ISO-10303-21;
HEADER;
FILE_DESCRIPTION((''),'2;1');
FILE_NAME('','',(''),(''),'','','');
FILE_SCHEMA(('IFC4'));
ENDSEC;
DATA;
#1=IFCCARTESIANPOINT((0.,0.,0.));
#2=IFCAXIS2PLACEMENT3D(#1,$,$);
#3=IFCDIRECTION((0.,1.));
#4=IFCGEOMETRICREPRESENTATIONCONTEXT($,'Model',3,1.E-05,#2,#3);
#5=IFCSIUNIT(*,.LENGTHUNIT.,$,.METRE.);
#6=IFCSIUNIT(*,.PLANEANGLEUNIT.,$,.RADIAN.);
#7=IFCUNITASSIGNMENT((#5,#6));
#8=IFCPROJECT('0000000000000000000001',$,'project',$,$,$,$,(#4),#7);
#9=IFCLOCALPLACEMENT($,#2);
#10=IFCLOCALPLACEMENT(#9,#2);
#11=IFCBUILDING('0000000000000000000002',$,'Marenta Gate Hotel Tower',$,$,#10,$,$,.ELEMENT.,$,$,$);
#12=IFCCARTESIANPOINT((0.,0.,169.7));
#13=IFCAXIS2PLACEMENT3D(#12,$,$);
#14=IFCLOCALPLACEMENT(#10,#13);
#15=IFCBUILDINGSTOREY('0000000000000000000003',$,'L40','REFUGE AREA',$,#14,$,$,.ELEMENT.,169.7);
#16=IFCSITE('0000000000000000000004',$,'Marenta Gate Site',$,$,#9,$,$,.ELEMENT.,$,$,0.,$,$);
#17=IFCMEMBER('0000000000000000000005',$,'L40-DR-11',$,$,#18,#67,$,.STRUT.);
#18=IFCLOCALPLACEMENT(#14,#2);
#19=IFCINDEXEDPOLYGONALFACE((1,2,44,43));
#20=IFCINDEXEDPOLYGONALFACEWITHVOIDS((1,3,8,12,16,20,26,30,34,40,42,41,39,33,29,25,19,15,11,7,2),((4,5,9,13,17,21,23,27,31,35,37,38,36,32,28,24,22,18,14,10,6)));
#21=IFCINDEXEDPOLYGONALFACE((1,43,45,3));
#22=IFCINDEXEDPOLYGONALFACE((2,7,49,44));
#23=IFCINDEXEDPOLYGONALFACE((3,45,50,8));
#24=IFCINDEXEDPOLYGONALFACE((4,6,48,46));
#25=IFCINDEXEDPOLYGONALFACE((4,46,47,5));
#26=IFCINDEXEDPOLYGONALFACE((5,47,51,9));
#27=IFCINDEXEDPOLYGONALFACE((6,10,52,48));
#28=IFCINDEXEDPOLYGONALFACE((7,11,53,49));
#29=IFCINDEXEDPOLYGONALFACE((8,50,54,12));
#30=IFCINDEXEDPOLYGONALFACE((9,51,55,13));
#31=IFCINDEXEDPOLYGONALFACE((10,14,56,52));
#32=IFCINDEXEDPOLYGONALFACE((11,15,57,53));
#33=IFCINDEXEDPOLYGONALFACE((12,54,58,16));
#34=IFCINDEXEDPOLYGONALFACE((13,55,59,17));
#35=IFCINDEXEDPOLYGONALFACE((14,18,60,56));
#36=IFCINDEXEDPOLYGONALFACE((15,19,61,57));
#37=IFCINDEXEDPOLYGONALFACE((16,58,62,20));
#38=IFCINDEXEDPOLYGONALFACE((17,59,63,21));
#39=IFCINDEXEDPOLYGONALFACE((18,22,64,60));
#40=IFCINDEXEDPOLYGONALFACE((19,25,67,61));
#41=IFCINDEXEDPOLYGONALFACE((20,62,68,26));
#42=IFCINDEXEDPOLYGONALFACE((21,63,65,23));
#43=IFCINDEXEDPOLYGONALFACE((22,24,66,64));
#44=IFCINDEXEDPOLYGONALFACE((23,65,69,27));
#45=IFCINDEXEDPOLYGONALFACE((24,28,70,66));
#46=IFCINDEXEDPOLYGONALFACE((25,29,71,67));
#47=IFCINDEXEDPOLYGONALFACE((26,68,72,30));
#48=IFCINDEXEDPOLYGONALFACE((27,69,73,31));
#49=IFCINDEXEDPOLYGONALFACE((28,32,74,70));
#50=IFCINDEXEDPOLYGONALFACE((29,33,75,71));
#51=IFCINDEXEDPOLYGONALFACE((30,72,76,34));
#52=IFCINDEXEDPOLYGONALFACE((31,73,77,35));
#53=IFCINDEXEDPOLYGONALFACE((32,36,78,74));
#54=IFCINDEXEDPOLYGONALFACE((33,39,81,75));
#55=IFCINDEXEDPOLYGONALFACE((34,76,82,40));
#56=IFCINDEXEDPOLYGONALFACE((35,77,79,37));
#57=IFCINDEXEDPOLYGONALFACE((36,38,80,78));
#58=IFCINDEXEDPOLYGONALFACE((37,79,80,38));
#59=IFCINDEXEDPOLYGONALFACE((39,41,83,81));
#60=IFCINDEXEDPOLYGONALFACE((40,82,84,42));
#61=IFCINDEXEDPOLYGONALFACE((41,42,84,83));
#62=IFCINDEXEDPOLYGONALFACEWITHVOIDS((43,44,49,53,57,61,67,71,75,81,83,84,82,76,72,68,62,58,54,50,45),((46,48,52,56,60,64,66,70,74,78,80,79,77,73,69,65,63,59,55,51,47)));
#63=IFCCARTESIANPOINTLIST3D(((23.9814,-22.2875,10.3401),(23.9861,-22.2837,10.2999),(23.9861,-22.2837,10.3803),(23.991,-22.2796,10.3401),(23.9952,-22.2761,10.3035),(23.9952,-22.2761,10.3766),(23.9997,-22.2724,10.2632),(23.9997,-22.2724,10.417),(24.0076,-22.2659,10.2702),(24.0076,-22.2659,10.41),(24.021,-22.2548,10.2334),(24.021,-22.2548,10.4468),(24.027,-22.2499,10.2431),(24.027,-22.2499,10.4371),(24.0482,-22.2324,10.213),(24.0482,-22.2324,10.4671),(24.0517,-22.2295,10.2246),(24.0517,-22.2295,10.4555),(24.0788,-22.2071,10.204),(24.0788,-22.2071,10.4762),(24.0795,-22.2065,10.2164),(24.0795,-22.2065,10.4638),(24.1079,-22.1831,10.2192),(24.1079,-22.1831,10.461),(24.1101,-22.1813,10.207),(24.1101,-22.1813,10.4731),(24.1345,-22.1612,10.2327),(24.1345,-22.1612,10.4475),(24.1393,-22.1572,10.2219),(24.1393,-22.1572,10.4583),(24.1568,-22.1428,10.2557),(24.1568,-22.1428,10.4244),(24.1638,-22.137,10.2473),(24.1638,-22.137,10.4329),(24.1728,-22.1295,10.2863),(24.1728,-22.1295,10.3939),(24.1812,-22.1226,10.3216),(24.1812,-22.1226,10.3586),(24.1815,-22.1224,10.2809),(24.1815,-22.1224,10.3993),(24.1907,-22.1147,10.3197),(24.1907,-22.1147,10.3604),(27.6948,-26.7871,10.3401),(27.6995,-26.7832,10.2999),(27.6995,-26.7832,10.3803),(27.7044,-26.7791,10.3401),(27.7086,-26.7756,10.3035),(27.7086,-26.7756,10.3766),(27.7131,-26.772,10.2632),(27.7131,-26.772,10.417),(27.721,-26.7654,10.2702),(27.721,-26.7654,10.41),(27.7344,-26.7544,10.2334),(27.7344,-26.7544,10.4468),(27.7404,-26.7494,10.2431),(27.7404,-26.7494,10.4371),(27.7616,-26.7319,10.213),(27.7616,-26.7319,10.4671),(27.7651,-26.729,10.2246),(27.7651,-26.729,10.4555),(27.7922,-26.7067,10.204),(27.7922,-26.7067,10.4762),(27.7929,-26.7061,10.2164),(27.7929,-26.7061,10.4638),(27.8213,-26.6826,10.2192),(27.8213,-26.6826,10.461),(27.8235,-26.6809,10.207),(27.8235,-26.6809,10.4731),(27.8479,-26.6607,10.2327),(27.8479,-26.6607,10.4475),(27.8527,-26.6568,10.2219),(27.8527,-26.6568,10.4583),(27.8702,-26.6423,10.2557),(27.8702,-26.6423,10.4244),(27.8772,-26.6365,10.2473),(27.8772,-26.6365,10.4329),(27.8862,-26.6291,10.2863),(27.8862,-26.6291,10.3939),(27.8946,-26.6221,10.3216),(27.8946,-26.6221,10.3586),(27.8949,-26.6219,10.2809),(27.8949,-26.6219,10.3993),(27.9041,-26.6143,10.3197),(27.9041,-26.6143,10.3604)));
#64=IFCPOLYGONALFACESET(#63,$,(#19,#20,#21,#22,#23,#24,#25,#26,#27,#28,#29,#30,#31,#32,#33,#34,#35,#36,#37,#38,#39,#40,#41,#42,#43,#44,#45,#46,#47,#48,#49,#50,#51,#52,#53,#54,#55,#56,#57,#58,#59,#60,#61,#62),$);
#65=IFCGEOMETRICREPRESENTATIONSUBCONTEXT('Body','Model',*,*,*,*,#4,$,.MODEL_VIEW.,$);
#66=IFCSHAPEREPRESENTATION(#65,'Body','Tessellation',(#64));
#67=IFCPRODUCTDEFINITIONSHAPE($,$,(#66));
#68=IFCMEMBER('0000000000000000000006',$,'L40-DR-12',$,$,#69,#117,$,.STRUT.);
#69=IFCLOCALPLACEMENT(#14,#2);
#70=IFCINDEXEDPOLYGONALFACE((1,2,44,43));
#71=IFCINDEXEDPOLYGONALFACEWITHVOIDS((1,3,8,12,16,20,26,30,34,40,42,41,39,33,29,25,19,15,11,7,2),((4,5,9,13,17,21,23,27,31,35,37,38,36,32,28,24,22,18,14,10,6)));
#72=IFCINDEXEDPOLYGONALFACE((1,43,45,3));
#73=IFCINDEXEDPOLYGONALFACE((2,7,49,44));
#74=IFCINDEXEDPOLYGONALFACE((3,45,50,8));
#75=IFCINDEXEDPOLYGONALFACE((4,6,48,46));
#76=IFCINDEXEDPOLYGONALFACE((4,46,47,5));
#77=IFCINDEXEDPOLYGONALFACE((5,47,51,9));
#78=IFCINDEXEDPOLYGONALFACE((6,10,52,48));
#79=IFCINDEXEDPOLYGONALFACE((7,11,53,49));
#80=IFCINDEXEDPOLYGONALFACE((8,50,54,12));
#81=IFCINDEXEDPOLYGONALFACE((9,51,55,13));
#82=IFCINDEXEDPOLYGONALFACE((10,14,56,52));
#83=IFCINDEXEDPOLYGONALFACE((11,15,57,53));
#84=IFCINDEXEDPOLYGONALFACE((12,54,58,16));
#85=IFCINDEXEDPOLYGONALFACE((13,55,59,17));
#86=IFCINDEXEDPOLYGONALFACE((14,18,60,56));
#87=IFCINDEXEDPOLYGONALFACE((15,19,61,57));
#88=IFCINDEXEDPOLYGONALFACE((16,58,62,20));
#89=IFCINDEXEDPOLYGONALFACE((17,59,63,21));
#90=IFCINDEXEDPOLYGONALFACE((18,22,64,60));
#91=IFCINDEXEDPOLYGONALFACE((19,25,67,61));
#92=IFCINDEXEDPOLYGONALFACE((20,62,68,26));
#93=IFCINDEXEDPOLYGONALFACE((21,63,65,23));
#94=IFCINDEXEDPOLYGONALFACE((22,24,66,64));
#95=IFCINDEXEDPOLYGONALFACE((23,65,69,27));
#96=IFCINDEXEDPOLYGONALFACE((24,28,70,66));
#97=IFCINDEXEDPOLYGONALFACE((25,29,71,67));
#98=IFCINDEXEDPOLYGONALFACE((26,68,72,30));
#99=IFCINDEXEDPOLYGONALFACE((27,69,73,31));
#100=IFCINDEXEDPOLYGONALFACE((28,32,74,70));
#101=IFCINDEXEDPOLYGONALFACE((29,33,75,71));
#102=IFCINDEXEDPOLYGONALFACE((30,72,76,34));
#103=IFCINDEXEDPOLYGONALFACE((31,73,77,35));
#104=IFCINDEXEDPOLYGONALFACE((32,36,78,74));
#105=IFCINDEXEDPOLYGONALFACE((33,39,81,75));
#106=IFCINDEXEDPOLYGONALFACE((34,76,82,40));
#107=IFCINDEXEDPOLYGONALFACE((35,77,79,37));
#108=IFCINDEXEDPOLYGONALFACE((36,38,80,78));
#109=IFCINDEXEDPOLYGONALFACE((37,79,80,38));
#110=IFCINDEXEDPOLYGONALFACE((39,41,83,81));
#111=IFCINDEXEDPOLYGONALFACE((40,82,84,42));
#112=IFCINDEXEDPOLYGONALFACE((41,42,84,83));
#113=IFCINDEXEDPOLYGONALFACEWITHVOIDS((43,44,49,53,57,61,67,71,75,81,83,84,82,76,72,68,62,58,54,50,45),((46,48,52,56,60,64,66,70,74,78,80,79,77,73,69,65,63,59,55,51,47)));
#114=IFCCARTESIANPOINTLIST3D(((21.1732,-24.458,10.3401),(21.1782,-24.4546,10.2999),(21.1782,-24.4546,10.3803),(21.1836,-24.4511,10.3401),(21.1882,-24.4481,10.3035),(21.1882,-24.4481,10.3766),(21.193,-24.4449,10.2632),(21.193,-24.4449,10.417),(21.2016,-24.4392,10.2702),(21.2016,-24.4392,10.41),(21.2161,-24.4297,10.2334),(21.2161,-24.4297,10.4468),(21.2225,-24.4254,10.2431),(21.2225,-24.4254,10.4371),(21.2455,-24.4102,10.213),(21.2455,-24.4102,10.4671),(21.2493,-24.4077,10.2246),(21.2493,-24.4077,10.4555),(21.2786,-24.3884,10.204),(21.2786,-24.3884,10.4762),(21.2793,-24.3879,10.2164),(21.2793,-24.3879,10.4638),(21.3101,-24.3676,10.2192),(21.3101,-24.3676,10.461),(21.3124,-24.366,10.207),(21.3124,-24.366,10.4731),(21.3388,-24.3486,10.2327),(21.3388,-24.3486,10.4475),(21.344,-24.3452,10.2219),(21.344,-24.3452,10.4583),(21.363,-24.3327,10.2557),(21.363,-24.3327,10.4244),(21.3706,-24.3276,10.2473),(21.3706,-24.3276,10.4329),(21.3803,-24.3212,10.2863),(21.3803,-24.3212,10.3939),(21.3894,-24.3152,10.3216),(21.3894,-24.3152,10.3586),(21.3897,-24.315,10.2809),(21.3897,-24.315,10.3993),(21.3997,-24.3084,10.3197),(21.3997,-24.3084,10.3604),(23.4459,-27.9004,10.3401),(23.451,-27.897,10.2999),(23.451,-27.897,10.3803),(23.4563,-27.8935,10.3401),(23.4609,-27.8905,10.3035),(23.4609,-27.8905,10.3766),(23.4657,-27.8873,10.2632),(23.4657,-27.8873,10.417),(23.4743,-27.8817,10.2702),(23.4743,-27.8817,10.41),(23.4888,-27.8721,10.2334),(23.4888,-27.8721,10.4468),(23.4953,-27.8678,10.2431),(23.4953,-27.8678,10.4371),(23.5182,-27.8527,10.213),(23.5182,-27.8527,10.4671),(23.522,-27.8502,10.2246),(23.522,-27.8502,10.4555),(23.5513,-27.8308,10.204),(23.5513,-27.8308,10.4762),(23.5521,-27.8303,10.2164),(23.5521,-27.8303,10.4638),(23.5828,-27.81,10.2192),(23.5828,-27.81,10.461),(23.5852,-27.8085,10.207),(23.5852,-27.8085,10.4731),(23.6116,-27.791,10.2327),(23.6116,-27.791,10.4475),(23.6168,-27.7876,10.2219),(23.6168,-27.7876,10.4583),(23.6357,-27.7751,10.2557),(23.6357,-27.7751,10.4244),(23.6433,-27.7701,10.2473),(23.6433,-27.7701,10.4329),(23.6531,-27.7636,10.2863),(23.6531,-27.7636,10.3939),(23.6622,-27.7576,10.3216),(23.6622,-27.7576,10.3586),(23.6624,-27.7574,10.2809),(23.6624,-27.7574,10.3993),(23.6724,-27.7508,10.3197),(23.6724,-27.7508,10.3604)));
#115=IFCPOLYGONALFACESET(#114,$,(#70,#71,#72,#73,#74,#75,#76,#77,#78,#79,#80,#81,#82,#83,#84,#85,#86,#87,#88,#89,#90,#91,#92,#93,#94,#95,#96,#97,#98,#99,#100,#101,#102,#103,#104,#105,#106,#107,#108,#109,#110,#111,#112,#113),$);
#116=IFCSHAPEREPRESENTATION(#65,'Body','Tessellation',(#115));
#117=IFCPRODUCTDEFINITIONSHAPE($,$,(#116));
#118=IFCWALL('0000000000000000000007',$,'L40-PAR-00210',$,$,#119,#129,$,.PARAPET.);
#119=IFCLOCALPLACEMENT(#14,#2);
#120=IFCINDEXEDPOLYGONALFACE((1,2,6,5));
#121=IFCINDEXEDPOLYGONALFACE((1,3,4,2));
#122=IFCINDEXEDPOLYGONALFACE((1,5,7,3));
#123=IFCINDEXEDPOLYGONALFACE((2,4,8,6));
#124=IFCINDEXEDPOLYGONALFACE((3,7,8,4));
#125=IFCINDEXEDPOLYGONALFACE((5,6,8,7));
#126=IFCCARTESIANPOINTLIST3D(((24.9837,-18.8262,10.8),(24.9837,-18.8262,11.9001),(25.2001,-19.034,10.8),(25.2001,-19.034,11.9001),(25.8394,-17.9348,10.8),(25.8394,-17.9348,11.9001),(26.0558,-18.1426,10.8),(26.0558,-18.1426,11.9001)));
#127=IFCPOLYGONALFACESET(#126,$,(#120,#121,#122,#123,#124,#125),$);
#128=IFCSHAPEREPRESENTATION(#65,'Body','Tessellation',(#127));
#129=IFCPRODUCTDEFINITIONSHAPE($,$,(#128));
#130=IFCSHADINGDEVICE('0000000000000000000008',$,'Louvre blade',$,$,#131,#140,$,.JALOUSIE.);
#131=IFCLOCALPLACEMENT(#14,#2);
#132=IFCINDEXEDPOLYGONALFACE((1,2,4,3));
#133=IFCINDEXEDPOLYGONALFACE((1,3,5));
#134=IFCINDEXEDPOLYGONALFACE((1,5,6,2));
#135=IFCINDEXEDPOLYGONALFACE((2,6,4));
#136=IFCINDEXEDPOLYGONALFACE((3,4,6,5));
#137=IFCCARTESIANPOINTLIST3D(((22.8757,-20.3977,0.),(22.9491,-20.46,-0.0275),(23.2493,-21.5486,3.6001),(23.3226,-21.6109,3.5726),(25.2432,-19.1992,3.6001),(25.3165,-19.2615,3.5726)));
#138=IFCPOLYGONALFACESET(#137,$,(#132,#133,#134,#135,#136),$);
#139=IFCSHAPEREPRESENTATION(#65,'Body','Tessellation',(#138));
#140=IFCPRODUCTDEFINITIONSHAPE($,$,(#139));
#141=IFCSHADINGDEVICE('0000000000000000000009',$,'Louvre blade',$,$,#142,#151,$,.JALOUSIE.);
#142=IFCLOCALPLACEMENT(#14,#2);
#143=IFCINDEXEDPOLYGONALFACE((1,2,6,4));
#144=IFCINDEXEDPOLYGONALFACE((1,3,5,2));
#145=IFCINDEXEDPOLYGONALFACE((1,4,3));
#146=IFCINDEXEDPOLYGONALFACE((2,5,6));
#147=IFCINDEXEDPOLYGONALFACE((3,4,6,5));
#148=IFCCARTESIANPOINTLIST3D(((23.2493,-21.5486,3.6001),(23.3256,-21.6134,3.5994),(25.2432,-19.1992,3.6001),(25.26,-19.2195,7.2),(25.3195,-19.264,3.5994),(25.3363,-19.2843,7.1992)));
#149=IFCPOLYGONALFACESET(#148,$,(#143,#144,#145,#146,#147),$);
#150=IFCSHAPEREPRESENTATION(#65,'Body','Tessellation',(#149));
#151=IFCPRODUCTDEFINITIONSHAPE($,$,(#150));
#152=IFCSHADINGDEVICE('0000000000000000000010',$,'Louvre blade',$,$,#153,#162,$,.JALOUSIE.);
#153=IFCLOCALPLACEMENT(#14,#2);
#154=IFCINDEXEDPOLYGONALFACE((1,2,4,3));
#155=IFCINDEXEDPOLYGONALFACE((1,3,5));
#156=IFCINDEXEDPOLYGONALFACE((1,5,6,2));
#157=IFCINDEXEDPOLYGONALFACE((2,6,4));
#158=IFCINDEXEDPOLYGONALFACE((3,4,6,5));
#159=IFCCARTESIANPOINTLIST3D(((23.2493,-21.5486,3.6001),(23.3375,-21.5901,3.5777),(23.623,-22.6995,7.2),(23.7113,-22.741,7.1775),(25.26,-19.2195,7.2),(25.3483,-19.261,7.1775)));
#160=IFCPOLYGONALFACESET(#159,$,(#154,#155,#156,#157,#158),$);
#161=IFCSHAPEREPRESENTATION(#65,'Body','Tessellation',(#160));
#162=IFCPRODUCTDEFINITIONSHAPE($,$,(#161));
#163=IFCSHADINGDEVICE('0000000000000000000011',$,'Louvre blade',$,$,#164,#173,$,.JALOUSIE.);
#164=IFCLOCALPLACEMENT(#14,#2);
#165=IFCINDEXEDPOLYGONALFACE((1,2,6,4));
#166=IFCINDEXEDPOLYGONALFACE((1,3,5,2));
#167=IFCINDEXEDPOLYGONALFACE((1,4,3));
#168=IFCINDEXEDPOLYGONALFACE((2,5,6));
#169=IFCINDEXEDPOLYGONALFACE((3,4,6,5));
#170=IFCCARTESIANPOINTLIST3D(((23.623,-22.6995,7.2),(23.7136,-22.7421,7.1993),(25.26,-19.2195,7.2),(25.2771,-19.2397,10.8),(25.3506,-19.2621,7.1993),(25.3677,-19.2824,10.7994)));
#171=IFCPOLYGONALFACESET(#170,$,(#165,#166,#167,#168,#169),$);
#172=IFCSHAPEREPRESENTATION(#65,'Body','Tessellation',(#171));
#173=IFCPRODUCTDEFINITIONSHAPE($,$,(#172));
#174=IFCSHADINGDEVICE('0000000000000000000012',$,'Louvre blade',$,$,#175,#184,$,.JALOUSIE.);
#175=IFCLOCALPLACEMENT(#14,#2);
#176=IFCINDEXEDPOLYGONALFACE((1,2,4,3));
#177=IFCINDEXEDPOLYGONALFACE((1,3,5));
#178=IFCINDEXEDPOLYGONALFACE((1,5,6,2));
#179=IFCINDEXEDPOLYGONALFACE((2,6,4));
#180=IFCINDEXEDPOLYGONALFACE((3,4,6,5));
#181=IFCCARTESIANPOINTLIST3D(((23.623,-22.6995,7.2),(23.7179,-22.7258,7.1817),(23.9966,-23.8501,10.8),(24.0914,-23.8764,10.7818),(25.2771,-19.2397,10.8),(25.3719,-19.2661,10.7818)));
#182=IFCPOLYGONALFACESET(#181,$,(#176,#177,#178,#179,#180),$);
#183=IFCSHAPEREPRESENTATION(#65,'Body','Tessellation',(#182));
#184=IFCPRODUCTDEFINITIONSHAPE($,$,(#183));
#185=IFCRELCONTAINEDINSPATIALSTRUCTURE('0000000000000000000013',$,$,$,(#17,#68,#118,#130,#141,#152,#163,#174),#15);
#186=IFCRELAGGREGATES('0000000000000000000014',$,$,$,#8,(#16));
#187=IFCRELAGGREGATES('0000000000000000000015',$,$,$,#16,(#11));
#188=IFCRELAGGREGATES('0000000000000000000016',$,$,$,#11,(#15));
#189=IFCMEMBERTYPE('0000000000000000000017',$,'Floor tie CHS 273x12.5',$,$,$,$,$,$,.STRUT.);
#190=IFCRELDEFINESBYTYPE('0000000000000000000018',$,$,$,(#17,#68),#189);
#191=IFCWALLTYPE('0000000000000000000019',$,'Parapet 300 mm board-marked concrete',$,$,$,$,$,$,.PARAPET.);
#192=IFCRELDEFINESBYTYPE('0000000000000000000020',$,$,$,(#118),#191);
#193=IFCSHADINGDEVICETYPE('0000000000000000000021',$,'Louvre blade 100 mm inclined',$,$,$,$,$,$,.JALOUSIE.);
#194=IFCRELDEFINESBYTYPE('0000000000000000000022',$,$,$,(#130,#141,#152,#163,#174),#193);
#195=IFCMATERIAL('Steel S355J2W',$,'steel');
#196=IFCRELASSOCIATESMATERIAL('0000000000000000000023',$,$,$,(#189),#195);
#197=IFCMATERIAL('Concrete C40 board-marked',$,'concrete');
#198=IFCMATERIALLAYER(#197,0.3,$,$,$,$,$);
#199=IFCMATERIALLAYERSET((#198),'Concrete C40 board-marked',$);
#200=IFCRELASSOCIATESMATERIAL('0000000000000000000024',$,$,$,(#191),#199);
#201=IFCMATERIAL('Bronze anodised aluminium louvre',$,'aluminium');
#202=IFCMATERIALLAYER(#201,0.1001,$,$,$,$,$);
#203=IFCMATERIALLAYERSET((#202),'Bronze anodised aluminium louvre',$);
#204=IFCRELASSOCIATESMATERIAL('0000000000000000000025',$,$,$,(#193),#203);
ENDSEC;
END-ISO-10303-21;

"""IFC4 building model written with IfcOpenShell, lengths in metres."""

from ifc_helpers import new_model, si_unit, direction, frame, frame_2d, origin, origin_2d, place, context, subcontext, project, spatial, polyline, rectangle, hollow_circle, outline, extrude, material, layer, layer_set, material_profile, profile_set, type_object, element, save


model = new_model("IFC4")

# Units and contexts
model_context = context("Model", 3, precision=1e-05, world=origin(), true_north=direction((0.0, 1.0)))
body_context = subcontext(model_context, "Body", "Model", "MODEL_VIEW")
ifc_project = project(units=[si_unit("LENGTHUNIT", "METRE"), si_unit("PLANEANGLEUNIT", "RADIAN")], contexts=[model_context])

# Site, building, storey
site_placement = place(None, origin())
site = spatial("IfcSite", under=ifc_project, at=site_placement, Name="Marenta Gate Site", CompositionType="ELEMENT", RefElevation=0.0)
building_placement = place(site_placement, origin())
building = spatial("IfcBuilding", under=site, at=building_placement, Name="Marenta Gate Hotel Tower", CompositionType="ELEMENT")
storey_placement = place(building_placement, frame((0.0, 0.0, 169.7)))
storey = spatial("IfcBuildingStorey", under=building, at=storey_placement, Name="L40", Description="REFUGE AREA", CompositionType="ELEMENT", Elevation=169.7)

# Members
ifc_material_1 = material(Name="Steel S355J2W", Category="steel")
ifc_material_profile_1 = material_profile(ifc_material_1, hollow_circle(Radius=0.1365, WallThickness=0.0125, at=origin_2d()), Name="CHS 273x12.5")
ifc_profile_set_1 = profile_set([ifc_material_profile_1], Name="Steel S355J2W")
member_type_1 = type_object("IfcMemberType", Name="Floor tie CHS 273x12.5", PredefinedType="STRUT", material=ifc_profile_set_1)
member_1_placement = place(storey_placement, frame((27.8, -26.7002, 10.3401), z_axis=(-0.636514, 0.771265, 0.0), x_axis=(-0.771265, -0.636514, 0.0)))
element("IfcMember", 1, at=member_1_placement, inside=storey, type_object=member_type_1, Name="L40-DR-11", PredefinedType="STRUT", context=body_context, shape_type="SweptSolid", body=[
    extrude(hollow_circle(Radius=0.1365, WallThickness=0.0125, at=origin_2d()), origin(), (0.0, 0.0, 1.0), 5.834),
])
member_2_placement = place(storey_placement, frame((23.5598, -27.8252, 10.3401), z_axis=(-0.550966, 0.834528, 0.0), x_axis=(-0.834528, -0.550966, 0.0)))
element("IfcMember", 2, at=member_2_placement, inside=storey, type_object=member_type_1, Name="L40-DR-12", PredefinedType="STRUT", context=body_context, shape_type="SweptSolid", body=[
    extrude(hollow_circle(Radius=0.1365, WallThickness=0.0125, at=origin_2d()), origin(), (0.0, 0.0, 1.0), 4.125),
])

# Wall
ifc_material_2 = material(Name="Concrete C40 board-marked", Category="concrete")
ifc_layer_1 = layer(ifc_material_2, 0.3)
ifc_layer_set_1 = layer_set([ifc_layer_1], Name="Concrete C40 board-marked")
wall_type = type_object("IfcWallType", Name="Parapet 300 mm board-marked concrete", PredefinedType="PARAPET", material=ifc_layer_set_1)
wall_placement = place(storey_placement, frame((25.9475, -18.0388, 10.8), z_axis=(0.0, 0.0, 1.0), x_axis=(-0.692536, -0.721383, 0.0)))
element("IfcWall", 3, at=wall_placement, inside=storey, type_object=wall_type, Name="L40-PAR-00210", PredefinedType="PARAPET", context=body_context, shape_type="SweptSolid", body=[
    extrude(rectangle(XDim=1.2356, YDim=0.3, at=frame_2d((0.6177, 0.0))), origin(), (0.0, 0.0, 1.0), 1.1001),
])

# Shading devices
ifc_material_3 = material(Name="Bronze anodised aluminium louvre", Category="aluminium")
ifc_layer_2 = layer(ifc_material_3, 0.1001)
ifc_layer_set_2 = layer_set([ifc_layer_2], Name="Bronze anodised aluminium louvre")
shading_device_type = type_object("IfcShadingDeviceType", Name="Louvre blade 100 mm inclined", PredefinedType="JALOUSIE", material=ifc_layer_set_2)
shading_device_1_placement = place(storey_placement, frame((22.8757, -20.3977, 0.0), z_axis=(-0.733046, 0.622133, 0.274942), x_axis=(0.52935, 0.267978, 0.80497)))
element("IfcShadingDevice", 4, at=shading_device_1_placement, inside=storey, type_object=shading_device_type, Name="Louvre blade", PredefinedType="JALOUSIE", context=body_context, shape_type="SweptSolid", body=[
    extrude(outline(polyline([(0.0, 0.0), (4.4723, 0.0), (2.7873, -2.5799), (0.0, 0.0)])), origin(), (0.0, 0.0, -1.0), 0.1001),
])
shading_device_2_placement = place(storey_placement, frame((23.2493, -21.5486, 3.6001), z_axis=(-0.76241, 0.647054, 0.00721), x_axis=(0.647071, 0.76243, 0.0)))
element("IfcShadingDevice", 5, at=shading_device_2_placement, inside=storey, type_object=shading_device_type, Name="Louvre blade", PredefinedType="JALOUSIE", context=body_context, shape_type="SweptSolid", body=[
    extrude(outline(polyline([(0.0, 0.0), (3.0814, 0.0), (3.0769, -3.5999), (0.0, 0.0)])), origin(), (0.0, 0.0, -1.0), 0.1001),
])
shading_device_3_placement = place(storey_placement, frame((23.2493, -21.5486, 3.6001), z_axis=(-0.881854, 0.414819, 0.224183), x_axis=(0.424593, 0.491819, 0.760154)))
element("IfcShadingDevice", 6, at=shading_device_3_placement, inside=storey, type_object=shading_device_type, Name="Louvre blade", PredefinedType="JALOUSIE", context=body_context, shape_type="SweptSolid", body=[
    extrude(outline(polyline([(0.0, 0.0), (4.7357, 0.0), (2.3291, -2.9997), (0.0, 0.0)])), origin(), (0.0, 0.0, -1.0), 0.1001),
])
shading_device_4_placement = place(storey_placement, frame((23.623, -22.6995, 7.2), z_axis=(-0.904866, 0.425644, 0.006691), x_axis=(0.425653, 0.904886, 0.0)))
element("IfcShadingDevice", 7, at=shading_device_4_placement, inside=storey, type_object=shading_device_type, Name="Louvre blade", PredefinedType="JALOUSIE", context=body_context, shape_type="SweptSolid", body=[
    extrude(outline(polyline([(0.0, 0.0), (3.8458, 0.0), (3.8347, -3.6002), (0.0, 0.0)])), origin(), (0.0, 0.0, -1.0), 0.1001),
])
shading_device_5_placement = place(storey_placement, frame((23.623, -22.6995, 7.2), z_axis=(-0.947363, 0.263128, 0.182394), x_axis=(0.314466, 0.657757, 0.684446)))
element("IfcShadingDevice", 8, at=shading_device_5_placement, inside=storey, type_object=shading_device_type, Name="Louvre blade", PredefinedType="JALOUSIE", context=body_context, shape_type="SweptSolid", body=[
    extrude(outline(polyline([(0.0, 0.0), (5.2599, 0.0), (1.8247, -3.3309), (0.0, 0.0)])), origin(), (0.0, 0.0, -1.0), 0.1001),
])

save(model, "model.ifc")
